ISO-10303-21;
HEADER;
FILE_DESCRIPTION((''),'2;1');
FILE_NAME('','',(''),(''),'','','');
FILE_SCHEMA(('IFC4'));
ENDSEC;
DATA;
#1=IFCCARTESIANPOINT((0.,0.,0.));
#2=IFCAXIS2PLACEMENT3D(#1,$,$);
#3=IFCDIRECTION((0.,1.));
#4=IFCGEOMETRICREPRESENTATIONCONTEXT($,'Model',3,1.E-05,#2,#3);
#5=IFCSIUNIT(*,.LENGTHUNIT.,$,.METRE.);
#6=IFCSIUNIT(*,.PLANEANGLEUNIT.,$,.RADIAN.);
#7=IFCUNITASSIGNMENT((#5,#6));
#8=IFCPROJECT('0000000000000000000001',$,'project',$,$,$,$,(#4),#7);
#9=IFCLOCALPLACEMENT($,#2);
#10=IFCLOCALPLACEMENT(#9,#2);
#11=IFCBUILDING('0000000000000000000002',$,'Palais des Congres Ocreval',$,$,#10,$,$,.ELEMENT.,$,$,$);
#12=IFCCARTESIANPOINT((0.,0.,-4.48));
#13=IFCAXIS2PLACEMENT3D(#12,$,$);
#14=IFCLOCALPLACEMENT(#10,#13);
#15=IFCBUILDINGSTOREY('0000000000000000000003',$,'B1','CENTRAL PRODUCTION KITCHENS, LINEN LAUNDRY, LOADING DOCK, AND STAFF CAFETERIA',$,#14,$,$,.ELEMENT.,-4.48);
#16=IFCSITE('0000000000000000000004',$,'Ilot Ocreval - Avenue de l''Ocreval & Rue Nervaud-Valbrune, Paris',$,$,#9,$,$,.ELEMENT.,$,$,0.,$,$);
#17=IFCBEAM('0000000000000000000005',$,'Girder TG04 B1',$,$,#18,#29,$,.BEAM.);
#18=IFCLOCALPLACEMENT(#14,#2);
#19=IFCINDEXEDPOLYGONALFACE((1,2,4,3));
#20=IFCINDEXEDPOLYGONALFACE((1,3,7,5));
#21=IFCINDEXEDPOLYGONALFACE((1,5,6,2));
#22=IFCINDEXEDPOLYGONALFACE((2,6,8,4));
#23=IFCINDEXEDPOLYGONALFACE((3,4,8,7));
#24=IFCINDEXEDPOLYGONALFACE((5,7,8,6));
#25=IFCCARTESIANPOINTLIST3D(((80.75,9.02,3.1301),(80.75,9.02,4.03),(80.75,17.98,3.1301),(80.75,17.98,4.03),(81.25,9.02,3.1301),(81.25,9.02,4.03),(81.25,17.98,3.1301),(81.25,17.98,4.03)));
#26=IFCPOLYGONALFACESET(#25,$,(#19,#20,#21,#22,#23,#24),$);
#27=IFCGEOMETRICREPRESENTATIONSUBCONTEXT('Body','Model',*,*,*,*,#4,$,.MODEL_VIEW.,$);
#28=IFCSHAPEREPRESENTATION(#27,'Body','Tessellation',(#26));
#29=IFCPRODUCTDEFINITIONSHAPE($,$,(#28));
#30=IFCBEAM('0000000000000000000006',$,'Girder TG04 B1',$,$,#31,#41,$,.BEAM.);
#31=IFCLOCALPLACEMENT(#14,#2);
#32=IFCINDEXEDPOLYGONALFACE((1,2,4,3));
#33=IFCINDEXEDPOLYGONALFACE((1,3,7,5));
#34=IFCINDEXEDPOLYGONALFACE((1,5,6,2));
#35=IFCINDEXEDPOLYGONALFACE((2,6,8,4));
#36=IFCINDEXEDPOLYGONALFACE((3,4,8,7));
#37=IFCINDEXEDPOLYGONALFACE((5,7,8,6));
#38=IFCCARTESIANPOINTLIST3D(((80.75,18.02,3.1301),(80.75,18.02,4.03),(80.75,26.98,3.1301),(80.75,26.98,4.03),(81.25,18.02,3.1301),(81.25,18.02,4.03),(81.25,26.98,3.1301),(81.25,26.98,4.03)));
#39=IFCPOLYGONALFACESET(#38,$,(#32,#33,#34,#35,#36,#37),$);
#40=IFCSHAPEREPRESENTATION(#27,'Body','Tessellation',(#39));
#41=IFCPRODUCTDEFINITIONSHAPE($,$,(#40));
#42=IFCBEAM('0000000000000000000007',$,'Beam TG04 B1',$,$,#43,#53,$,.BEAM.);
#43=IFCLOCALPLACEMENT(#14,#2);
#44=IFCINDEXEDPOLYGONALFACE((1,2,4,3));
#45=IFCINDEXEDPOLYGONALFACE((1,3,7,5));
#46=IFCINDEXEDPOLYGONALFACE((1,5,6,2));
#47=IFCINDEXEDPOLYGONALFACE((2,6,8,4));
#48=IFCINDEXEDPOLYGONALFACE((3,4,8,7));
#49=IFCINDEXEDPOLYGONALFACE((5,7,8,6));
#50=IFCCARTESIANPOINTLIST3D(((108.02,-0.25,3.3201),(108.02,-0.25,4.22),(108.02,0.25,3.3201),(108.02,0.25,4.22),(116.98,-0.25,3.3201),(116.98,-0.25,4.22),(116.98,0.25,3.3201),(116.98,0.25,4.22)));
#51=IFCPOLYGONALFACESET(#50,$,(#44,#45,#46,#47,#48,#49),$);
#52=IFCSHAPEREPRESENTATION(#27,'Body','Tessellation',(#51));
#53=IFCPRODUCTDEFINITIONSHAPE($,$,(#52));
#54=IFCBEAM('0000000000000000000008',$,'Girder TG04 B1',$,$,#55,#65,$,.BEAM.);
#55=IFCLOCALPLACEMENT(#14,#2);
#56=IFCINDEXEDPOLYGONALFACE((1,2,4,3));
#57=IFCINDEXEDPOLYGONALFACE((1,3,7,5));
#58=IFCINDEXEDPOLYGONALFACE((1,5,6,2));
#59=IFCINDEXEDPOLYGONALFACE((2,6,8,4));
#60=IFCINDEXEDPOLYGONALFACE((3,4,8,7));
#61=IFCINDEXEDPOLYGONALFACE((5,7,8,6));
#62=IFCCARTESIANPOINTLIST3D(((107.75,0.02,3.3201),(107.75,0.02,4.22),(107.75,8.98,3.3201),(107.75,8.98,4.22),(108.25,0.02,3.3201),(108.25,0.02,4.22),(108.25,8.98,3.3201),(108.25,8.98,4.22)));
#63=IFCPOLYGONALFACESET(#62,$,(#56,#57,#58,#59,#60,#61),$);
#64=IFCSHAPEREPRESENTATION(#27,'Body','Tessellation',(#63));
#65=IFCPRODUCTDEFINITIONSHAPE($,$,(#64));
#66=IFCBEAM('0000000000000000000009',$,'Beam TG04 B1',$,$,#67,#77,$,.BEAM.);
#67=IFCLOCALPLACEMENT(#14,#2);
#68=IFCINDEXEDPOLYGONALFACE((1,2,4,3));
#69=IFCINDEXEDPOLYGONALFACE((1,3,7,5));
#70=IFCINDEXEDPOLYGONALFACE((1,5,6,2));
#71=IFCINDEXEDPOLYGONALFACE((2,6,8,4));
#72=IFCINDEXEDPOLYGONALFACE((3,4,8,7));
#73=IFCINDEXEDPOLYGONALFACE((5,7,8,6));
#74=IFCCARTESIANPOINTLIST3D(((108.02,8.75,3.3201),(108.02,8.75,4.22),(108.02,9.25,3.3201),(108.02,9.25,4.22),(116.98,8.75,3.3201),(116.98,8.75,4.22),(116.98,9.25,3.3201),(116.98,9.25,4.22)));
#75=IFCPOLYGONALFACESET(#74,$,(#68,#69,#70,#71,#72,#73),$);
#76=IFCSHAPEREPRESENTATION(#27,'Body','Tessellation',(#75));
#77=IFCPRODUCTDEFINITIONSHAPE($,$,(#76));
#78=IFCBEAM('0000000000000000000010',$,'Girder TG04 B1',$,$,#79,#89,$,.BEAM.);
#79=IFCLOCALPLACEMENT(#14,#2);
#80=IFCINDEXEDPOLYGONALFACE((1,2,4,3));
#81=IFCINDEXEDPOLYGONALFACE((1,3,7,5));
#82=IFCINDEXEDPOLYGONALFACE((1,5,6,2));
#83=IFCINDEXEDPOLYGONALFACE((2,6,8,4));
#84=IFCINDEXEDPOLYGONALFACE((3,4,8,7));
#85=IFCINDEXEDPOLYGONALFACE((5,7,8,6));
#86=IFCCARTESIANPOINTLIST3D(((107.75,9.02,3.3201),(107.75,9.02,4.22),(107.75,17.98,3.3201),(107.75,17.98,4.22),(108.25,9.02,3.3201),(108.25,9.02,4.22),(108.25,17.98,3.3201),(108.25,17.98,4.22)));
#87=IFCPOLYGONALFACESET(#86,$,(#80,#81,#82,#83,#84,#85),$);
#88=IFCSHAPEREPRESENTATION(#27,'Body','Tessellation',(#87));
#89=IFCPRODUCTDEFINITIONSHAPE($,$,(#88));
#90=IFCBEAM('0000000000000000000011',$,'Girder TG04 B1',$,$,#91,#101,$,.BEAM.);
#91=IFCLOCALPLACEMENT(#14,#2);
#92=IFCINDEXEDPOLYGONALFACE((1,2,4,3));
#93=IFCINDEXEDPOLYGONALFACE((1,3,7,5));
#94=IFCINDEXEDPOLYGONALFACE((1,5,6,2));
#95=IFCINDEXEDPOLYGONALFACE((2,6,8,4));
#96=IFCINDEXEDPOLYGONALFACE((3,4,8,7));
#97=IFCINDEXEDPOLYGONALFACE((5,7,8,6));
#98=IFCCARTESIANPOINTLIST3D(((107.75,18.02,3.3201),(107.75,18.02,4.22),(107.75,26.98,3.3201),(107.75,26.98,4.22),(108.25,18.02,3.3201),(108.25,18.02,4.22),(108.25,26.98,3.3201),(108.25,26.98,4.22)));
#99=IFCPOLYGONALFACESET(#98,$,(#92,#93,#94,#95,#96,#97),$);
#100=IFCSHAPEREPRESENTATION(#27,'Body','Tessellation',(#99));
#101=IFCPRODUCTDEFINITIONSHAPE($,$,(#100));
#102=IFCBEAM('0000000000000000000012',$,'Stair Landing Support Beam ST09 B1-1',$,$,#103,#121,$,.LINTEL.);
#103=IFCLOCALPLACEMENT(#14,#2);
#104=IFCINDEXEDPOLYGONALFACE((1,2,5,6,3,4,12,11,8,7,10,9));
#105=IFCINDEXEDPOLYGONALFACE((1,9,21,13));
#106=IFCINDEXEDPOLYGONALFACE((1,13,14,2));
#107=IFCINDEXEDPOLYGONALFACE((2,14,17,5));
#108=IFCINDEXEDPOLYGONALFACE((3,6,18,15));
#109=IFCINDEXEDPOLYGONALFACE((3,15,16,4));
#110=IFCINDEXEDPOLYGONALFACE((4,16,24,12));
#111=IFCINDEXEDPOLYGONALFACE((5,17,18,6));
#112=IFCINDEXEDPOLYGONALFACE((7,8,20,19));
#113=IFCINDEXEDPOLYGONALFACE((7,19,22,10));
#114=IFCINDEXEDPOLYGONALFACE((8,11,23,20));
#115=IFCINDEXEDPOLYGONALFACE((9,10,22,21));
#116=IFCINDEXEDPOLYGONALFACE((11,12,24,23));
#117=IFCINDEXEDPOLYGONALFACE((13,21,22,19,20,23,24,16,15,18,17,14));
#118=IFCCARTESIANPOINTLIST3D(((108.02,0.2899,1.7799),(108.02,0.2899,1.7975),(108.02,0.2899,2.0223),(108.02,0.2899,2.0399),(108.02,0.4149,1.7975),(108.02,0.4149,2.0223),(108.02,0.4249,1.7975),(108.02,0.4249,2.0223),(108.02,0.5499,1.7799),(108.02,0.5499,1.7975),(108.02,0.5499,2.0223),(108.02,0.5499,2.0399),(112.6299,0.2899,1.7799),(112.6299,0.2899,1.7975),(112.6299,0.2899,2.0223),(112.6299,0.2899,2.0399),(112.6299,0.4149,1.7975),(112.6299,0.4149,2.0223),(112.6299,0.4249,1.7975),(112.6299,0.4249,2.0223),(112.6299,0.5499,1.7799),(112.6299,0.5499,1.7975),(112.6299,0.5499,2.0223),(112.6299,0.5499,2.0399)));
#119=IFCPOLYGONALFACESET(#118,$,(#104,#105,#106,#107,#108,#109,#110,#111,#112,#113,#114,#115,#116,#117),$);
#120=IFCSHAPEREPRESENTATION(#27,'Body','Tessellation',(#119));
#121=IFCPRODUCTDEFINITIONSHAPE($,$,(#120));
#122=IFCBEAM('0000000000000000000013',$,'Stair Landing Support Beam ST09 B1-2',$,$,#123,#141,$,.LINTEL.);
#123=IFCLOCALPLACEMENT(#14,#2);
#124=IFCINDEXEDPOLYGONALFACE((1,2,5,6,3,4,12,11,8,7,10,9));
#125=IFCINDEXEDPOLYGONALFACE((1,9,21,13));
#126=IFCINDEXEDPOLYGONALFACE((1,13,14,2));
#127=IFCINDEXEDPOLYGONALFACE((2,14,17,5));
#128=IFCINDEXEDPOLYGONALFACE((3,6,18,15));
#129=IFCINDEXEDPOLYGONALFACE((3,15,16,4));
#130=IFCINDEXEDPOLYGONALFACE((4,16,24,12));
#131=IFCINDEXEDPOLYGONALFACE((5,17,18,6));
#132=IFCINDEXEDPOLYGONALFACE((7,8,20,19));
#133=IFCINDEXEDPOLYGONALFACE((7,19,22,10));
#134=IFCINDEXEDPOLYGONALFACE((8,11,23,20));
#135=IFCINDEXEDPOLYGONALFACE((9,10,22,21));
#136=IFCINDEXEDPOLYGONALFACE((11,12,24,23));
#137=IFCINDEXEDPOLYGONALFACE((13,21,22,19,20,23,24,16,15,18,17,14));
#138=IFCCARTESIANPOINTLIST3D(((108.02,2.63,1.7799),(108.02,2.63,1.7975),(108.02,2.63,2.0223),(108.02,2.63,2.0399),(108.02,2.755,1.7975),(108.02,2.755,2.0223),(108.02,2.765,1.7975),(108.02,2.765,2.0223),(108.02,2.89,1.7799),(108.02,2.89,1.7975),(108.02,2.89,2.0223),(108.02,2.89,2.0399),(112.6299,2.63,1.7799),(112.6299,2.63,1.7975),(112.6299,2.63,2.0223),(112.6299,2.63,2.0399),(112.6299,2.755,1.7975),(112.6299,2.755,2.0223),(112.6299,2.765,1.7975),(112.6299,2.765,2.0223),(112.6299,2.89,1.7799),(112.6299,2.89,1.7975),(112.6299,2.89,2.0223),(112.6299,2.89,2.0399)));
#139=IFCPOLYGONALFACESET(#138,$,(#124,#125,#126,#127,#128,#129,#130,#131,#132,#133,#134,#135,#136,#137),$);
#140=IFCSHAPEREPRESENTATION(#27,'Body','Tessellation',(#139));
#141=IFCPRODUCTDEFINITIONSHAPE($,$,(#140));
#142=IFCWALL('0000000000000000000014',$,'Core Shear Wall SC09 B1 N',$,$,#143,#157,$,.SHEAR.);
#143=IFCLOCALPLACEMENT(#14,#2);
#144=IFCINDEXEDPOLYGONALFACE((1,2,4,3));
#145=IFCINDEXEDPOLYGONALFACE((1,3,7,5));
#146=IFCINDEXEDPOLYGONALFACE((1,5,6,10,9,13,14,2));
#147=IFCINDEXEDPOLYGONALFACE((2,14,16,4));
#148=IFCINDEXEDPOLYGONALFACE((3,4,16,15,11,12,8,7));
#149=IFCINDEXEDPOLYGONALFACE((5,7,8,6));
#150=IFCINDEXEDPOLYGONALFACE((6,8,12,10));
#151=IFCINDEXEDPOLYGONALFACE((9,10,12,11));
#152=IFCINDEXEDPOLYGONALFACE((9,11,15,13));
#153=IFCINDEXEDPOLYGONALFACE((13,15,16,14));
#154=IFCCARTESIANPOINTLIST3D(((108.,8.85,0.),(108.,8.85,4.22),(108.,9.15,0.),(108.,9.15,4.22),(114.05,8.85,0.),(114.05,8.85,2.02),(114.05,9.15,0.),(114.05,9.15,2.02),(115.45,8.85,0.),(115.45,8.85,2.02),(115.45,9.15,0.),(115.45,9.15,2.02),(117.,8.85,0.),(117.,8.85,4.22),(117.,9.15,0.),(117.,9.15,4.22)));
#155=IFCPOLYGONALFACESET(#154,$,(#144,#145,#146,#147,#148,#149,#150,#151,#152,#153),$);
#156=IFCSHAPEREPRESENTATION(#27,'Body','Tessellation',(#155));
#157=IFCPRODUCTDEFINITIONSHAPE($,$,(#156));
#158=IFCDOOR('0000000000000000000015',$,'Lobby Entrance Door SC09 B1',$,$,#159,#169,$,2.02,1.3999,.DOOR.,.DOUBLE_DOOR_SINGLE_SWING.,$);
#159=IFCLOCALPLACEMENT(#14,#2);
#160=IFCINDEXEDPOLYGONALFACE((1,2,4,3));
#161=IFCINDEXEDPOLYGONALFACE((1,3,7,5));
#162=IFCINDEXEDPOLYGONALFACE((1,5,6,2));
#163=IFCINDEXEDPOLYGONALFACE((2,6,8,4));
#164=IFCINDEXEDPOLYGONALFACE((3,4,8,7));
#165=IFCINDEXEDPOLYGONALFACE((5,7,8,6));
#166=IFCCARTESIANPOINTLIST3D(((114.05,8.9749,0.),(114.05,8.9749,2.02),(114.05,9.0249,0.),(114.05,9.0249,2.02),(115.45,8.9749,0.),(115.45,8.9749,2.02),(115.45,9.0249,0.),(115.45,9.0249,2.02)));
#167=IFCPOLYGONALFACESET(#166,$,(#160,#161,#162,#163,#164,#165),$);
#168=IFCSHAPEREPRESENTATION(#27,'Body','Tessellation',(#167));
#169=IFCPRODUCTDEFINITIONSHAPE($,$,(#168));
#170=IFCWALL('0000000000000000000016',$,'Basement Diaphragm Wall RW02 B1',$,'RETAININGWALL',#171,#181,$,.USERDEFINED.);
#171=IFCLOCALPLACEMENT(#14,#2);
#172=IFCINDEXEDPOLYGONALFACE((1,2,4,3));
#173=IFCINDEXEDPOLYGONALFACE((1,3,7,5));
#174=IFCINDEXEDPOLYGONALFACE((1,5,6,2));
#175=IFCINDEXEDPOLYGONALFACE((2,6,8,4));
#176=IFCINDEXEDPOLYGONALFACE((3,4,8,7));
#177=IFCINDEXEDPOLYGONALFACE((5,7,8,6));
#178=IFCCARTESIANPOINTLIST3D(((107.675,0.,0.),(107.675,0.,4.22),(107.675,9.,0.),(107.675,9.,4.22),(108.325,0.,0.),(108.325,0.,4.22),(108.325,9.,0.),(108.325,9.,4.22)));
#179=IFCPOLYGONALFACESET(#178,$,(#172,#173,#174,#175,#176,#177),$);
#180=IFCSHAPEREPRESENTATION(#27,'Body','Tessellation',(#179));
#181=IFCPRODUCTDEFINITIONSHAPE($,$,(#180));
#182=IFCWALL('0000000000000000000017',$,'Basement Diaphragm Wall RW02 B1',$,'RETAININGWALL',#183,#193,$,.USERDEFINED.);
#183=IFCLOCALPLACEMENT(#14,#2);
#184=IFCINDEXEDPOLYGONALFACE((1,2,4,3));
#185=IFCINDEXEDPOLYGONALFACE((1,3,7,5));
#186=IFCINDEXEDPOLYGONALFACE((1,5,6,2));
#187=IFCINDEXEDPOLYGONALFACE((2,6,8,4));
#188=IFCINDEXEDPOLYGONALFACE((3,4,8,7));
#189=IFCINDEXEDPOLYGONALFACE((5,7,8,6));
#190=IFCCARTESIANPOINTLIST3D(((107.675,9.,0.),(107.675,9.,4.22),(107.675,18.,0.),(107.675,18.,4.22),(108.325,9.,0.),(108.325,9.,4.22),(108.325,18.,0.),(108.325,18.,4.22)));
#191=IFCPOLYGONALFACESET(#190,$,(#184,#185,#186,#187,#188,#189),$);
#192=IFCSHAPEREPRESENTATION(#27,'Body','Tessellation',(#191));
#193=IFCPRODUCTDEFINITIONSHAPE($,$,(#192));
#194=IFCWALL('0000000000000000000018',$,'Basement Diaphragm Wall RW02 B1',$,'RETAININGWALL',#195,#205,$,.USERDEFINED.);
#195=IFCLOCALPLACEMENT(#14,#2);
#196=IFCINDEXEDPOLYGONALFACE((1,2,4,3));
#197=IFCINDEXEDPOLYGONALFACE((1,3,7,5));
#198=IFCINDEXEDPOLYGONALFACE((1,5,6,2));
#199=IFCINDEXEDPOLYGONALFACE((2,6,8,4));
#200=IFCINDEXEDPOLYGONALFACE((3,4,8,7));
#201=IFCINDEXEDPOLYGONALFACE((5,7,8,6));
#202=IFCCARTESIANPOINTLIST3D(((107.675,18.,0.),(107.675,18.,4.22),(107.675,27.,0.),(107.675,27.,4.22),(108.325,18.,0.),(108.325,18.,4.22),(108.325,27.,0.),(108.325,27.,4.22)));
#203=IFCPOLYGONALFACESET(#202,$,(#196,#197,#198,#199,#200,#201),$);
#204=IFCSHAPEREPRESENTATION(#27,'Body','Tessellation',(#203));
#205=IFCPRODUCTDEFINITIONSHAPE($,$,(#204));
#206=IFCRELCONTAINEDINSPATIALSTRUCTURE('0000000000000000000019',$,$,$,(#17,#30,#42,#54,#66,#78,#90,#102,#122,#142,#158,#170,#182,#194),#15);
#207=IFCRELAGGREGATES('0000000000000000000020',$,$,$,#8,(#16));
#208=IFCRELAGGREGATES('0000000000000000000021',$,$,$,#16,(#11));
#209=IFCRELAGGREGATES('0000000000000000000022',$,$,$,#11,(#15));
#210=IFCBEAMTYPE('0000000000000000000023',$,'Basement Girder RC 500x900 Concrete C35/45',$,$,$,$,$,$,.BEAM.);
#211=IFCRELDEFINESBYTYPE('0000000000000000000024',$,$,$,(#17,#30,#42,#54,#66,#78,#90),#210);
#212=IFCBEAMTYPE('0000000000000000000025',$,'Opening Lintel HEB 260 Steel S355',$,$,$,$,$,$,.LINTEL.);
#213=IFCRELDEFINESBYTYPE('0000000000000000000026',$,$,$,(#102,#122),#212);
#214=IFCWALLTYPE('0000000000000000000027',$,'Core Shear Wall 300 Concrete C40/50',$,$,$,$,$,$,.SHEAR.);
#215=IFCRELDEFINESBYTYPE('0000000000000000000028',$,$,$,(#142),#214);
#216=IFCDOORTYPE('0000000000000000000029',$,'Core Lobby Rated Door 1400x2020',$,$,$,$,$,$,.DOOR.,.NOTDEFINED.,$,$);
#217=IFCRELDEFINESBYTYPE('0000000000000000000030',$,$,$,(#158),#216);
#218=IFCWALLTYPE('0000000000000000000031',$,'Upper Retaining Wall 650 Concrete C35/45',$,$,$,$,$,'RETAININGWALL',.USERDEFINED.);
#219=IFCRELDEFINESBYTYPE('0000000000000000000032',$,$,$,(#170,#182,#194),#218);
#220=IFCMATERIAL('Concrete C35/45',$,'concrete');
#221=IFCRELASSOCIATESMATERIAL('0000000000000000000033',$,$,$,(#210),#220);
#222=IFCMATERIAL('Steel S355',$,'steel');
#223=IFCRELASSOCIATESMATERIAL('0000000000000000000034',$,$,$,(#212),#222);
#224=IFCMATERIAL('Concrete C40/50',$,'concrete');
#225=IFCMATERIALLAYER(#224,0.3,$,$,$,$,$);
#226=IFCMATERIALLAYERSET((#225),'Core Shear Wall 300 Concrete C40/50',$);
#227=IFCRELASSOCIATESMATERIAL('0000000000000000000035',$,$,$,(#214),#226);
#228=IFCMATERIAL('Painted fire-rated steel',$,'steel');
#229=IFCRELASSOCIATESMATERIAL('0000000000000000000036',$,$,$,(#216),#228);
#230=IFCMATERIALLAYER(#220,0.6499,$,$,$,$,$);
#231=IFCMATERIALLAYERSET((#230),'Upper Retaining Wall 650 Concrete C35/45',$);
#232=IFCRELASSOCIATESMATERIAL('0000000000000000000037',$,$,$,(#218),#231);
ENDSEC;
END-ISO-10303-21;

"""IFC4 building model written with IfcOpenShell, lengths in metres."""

from ifc_helpers import new_model, si_unit, direction, frame, frame_2d, origin, origin_2d, place, context, subcontext, project, spatial, rectangle, i_section, extrude, material, layer, layer_set, material_profile, profile_set, type_object, element, fill, save


model = new_model("IFC4")

# Units and contexts
model_context = context("Model", 3, precision=1e-05, world=origin(), true_north=direction((0.0, 1.0)))
body_context = subcontext(model_context, "Body", "Model", "MODEL_VIEW")
ifc_project = project(units=[si_unit("LENGTHUNIT", "METRE"), si_unit("PLANEANGLEUNIT", "RADIAN")], contexts=[model_context])

# Site, building, storey
site_placement = place(None, origin())
site = spatial("IfcSite", under=ifc_project, at=site_placement, Name="Ilot Ocreval - Avenue de l'Ocreval & Rue Nervaud-Valbrune, Paris", CompositionType="ELEMENT", RefElevation=0.0)
building_placement = place(site_placement, origin())
building = spatial("IfcBuilding", under=site, at=building_placement, Name="Palais des Congres Ocreval", CompositionType="ELEMENT")
storey_placement = place(building_placement, frame((0.0, 0.0, -4.48)))
storey = spatial("IfcBuildingStorey", under=building, at=storey_placement, Name="B1", Description="CENTRAL PRODUCTION KITCHENS, LINEN LAUNDRY, LOADING DOCK, AND STAFF CAFETERIA", CompositionType="ELEMENT", Elevation=-4.48)

# Shared definitions
ifc_material_1 = material(Name="Steel S355", Category="steel")

# Beams
ifc_material_2 = material(Name="Concrete C35/45", Category="concrete")
ifc_material_profile_1 = material_profile(ifc_material_2, rectangle(XDim=0.5, YDim=0.8999, at=origin_2d()), Name="RC 500x900")
ifc_profile_set_1 = profile_set([ifc_material_profile_1], Name="Concrete C35/45")
beam_type_1 = type_object("IfcBeamType", Name="Basement Girder RC 500x900 Concrete C35/45", PredefinedType="BEAM", material=ifc_profile_set_1)
for number, where, z_axis, x_axis, name in (
    (1, (81.0, 9.02, 3.5801), (0.0, 1.0, 0.0), (-1.0, 0.0, 0.0), "Girder TG04 B1"),
    (2, (81.0, 18.02, 3.5801), (0.0, 1.0, 0.0), (-1.0, 0.0, 0.0), "Girder TG04 B1"),
    (3, (108.02, 0.0, 3.77), (1.0, 0.0, 0.0), (0.0, 1.0, 0.0), "Beam TG04 B1"),
    (4, (108.0, 0.02, 3.77), (0.0, 1.0, 0.0), (-1.0, 0.0, 0.0), "Girder TG04 B1"),
    (5, (108.02, 9.0, 3.77), (1.0, 0.0, 0.0), (0.0, 1.0, 0.0), "Beam TG04 B1"),
    (6, (108.0, 9.02, 3.77), (0.0, 1.0, 0.0), (-1.0, 0.0, 0.0), "Girder TG04 B1"),
    (7, (108.0, 18.02, 3.77), (0.0, 1.0, 0.0), (-1.0, 0.0, 0.0), "Girder TG04 B1"),
):
    element("IfcBeam", number, at=place(storey_placement, frame(where, z_axis=z_axis, x_axis=x_axis)), inside=storey, type_object=beam_type_1, Name=name, PredefinedType="BEAM", context=body_context, shape_type="SweptSolid", body=[
        extrude(rectangle(XDim=0.5, YDim=0.8999, at=origin_2d()), origin(), (0.0, 0.0, 1.0), 8.96),
    ])
ifc_material_profile_2 = material_profile(ifc_material_1, i_section(OverallWidth=0.26, OverallDepth=0.26, WebThickness=0.01, FlangeThickness=0.0176, at=origin_2d()), Name="HEB 260")
ifc_profile_set_2 = profile_set([ifc_material_profile_2], Name="Steel S355")
beam_type_2 = type_object("IfcBeamType", Name="Opening Lintel HEB 260 Steel S355", PredefinedType="LINTEL", material=ifc_profile_set_2)
for number, where, z_axis, x_axis, name in (
    (8, (108.02, 0.4199, 1.9099), (1.0, 0.0, 0.0), (0.0, 1.0, 0.0), "Stair Landing Support Beam ST09 B1-1"),
    (9, (108.02, 2.76, 1.9099), (1.0, 0.0, 0.0), (0.0, 1.0, 0.0), "Stair Landing Support Beam ST09 B1-2"),
):
    element("IfcBeam", number, at=place(storey_placement, frame(where, z_axis=z_axis, x_axis=x_axis)), inside=storey, type_object=beam_type_2, Name=name, PredefinedType="LINTEL", context=body_context, shape_type="SweptSolid", body=[
        extrude(i_section(OverallWidth=0.26, OverallDepth=0.26, WebThickness=0.01, FlangeThickness=0.0176, at=origin_2d()), origin(), (0.0, 0.0, 1.0), 4.6099),
    ])

# Wall, opening, door
ifc_material_3 = material(Name="Concrete C40/50", Category="concrete")
ifc_layer_1 = layer(ifc_material_3, 0.3)
ifc_layer_set_1 = layer_set([ifc_layer_1], Name="Core Shear Wall 300 Concrete C40/50")
wall_type_1 = type_object("IfcWallType", Name="Core Shear Wall 300 Concrete C40/50", PredefinedType="SHEAR", material=ifc_layer_set_1)
wall_placement = place(storey_placement, frame((108.0, 9.0, 0.0), z_axis=(0.0, 0.0, 1.0), x_axis=(1.0, 0.0, 0.0)))
wall = element("IfcWall", 10, at=wall_placement, inside=storey, type_object=wall_type_1, Name="Core Shear Wall SC09 B1 N", PredefinedType="SHEAR", context=body_context, shape_type="SweptSolid", body=[
    extrude(rectangle(XDim=9.0, YDim=0.3, at=frame_2d((4.5, 0.0))), origin(), (0.0, 0.0, 1.0), 4.22),
])
opening_placement = place(wall_placement, frame((6.05, 0.0, 0.0)))
opening = element("IfcOpeningElement", 11, at=opening_placement, cuts=wall, PredefinedType="OPENING", context=body_context, shape_type="SweptSolid", body=[
    extrude(rectangle(XDim=1.3999, YDim=2.02, at=frame_2d((0.7, 1.01))), frame((0.0, 0.1599, 0.0), z_axis=(0.0, -1.0, 0.0), x_axis=(1.0, 0.0, 0.0)), (0.0, 0.0, 1.0), 0.3201),
])
ifc_material_4 = material(Name="Painted fire-rated steel", Category="steel")
door_type = type_object("IfcDoorType", Name="Core Lobby Rated Door 1400x2020", OperationType="NOTDEFINED", PredefinedType="DOOR", material=ifc_material_4)
door_placement = place(opening_placement, origin())
door = element("IfcDoor", 12, at=door_placement, inside=storey, type_object=door_type, Name="Lobby Entrance Door SC09 B1", OperationType="DOUBLE_DOOR_SINGLE_SWING", OverallHeight=2.02, OverallWidth=1.3999, PredefinedType="DOOR", context=body_context, shape_type="SweptSolid", body=[
    extrude(rectangle(XDim=1.3999, YDim=2.02, at=frame_2d((0.7, 1.01))), frame((0.0, 0.0249, 0.0), z_axis=(0.0, -1.0, 0.0), x_axis=(1.0, 0.0, 0.0)), (0.0, 0.0, 1.0), 0.05),
])
fill(opening, door)

# Walls
ifc_layer_2 = layer(ifc_material_2, 0.6499)
ifc_layer_set_2 = layer_set([ifc_layer_2], Name="Upper Retaining Wall 650 Concrete C35/45")
wall_type_2 = type_object("IfcWallType", Name="Upper Retaining Wall 650 Concrete C35/45", ElementType="RETAININGWALL", PredefinedType="USERDEFINED", material=ifc_layer_set_2)
for number, where, z_axis, x_axis, name in (
    (13, (108.0, 0.0, 0.0), (0.0, 0.0, 1.0), (0.0, 1.0, 0.0), "Basement Diaphragm Wall RW02 B1"),
    (14, (108.0, 9.0, 0.0), (0.0, 0.0, 1.0), (0.0, 1.0, 0.0), "Basement Diaphragm Wall RW02 B1"),
    (15, (108.0, 18.0, 0.0), (0.0, 0.0, 1.0), (0.0, 1.0, 0.0), "Basement Diaphragm Wall RW02 B1"),
):
    element("IfcWall", number, at=place(storey_placement, frame(where, z_axis=z_axis, x_axis=x_axis)), inside=storey, type_object=wall_type_2, Name=name, ObjectType="RETAININGWALL", PredefinedType="USERDEFINED", context=body_context, shape_type="SweptSolid", body=[
        extrude(rectangle(XDim=9.0, YDim=0.6499, at=frame_2d((4.5, 0.0))), origin(), (0.0, 0.0, 1.0), 4.22),
    ])

save(model, "model.ifc")
